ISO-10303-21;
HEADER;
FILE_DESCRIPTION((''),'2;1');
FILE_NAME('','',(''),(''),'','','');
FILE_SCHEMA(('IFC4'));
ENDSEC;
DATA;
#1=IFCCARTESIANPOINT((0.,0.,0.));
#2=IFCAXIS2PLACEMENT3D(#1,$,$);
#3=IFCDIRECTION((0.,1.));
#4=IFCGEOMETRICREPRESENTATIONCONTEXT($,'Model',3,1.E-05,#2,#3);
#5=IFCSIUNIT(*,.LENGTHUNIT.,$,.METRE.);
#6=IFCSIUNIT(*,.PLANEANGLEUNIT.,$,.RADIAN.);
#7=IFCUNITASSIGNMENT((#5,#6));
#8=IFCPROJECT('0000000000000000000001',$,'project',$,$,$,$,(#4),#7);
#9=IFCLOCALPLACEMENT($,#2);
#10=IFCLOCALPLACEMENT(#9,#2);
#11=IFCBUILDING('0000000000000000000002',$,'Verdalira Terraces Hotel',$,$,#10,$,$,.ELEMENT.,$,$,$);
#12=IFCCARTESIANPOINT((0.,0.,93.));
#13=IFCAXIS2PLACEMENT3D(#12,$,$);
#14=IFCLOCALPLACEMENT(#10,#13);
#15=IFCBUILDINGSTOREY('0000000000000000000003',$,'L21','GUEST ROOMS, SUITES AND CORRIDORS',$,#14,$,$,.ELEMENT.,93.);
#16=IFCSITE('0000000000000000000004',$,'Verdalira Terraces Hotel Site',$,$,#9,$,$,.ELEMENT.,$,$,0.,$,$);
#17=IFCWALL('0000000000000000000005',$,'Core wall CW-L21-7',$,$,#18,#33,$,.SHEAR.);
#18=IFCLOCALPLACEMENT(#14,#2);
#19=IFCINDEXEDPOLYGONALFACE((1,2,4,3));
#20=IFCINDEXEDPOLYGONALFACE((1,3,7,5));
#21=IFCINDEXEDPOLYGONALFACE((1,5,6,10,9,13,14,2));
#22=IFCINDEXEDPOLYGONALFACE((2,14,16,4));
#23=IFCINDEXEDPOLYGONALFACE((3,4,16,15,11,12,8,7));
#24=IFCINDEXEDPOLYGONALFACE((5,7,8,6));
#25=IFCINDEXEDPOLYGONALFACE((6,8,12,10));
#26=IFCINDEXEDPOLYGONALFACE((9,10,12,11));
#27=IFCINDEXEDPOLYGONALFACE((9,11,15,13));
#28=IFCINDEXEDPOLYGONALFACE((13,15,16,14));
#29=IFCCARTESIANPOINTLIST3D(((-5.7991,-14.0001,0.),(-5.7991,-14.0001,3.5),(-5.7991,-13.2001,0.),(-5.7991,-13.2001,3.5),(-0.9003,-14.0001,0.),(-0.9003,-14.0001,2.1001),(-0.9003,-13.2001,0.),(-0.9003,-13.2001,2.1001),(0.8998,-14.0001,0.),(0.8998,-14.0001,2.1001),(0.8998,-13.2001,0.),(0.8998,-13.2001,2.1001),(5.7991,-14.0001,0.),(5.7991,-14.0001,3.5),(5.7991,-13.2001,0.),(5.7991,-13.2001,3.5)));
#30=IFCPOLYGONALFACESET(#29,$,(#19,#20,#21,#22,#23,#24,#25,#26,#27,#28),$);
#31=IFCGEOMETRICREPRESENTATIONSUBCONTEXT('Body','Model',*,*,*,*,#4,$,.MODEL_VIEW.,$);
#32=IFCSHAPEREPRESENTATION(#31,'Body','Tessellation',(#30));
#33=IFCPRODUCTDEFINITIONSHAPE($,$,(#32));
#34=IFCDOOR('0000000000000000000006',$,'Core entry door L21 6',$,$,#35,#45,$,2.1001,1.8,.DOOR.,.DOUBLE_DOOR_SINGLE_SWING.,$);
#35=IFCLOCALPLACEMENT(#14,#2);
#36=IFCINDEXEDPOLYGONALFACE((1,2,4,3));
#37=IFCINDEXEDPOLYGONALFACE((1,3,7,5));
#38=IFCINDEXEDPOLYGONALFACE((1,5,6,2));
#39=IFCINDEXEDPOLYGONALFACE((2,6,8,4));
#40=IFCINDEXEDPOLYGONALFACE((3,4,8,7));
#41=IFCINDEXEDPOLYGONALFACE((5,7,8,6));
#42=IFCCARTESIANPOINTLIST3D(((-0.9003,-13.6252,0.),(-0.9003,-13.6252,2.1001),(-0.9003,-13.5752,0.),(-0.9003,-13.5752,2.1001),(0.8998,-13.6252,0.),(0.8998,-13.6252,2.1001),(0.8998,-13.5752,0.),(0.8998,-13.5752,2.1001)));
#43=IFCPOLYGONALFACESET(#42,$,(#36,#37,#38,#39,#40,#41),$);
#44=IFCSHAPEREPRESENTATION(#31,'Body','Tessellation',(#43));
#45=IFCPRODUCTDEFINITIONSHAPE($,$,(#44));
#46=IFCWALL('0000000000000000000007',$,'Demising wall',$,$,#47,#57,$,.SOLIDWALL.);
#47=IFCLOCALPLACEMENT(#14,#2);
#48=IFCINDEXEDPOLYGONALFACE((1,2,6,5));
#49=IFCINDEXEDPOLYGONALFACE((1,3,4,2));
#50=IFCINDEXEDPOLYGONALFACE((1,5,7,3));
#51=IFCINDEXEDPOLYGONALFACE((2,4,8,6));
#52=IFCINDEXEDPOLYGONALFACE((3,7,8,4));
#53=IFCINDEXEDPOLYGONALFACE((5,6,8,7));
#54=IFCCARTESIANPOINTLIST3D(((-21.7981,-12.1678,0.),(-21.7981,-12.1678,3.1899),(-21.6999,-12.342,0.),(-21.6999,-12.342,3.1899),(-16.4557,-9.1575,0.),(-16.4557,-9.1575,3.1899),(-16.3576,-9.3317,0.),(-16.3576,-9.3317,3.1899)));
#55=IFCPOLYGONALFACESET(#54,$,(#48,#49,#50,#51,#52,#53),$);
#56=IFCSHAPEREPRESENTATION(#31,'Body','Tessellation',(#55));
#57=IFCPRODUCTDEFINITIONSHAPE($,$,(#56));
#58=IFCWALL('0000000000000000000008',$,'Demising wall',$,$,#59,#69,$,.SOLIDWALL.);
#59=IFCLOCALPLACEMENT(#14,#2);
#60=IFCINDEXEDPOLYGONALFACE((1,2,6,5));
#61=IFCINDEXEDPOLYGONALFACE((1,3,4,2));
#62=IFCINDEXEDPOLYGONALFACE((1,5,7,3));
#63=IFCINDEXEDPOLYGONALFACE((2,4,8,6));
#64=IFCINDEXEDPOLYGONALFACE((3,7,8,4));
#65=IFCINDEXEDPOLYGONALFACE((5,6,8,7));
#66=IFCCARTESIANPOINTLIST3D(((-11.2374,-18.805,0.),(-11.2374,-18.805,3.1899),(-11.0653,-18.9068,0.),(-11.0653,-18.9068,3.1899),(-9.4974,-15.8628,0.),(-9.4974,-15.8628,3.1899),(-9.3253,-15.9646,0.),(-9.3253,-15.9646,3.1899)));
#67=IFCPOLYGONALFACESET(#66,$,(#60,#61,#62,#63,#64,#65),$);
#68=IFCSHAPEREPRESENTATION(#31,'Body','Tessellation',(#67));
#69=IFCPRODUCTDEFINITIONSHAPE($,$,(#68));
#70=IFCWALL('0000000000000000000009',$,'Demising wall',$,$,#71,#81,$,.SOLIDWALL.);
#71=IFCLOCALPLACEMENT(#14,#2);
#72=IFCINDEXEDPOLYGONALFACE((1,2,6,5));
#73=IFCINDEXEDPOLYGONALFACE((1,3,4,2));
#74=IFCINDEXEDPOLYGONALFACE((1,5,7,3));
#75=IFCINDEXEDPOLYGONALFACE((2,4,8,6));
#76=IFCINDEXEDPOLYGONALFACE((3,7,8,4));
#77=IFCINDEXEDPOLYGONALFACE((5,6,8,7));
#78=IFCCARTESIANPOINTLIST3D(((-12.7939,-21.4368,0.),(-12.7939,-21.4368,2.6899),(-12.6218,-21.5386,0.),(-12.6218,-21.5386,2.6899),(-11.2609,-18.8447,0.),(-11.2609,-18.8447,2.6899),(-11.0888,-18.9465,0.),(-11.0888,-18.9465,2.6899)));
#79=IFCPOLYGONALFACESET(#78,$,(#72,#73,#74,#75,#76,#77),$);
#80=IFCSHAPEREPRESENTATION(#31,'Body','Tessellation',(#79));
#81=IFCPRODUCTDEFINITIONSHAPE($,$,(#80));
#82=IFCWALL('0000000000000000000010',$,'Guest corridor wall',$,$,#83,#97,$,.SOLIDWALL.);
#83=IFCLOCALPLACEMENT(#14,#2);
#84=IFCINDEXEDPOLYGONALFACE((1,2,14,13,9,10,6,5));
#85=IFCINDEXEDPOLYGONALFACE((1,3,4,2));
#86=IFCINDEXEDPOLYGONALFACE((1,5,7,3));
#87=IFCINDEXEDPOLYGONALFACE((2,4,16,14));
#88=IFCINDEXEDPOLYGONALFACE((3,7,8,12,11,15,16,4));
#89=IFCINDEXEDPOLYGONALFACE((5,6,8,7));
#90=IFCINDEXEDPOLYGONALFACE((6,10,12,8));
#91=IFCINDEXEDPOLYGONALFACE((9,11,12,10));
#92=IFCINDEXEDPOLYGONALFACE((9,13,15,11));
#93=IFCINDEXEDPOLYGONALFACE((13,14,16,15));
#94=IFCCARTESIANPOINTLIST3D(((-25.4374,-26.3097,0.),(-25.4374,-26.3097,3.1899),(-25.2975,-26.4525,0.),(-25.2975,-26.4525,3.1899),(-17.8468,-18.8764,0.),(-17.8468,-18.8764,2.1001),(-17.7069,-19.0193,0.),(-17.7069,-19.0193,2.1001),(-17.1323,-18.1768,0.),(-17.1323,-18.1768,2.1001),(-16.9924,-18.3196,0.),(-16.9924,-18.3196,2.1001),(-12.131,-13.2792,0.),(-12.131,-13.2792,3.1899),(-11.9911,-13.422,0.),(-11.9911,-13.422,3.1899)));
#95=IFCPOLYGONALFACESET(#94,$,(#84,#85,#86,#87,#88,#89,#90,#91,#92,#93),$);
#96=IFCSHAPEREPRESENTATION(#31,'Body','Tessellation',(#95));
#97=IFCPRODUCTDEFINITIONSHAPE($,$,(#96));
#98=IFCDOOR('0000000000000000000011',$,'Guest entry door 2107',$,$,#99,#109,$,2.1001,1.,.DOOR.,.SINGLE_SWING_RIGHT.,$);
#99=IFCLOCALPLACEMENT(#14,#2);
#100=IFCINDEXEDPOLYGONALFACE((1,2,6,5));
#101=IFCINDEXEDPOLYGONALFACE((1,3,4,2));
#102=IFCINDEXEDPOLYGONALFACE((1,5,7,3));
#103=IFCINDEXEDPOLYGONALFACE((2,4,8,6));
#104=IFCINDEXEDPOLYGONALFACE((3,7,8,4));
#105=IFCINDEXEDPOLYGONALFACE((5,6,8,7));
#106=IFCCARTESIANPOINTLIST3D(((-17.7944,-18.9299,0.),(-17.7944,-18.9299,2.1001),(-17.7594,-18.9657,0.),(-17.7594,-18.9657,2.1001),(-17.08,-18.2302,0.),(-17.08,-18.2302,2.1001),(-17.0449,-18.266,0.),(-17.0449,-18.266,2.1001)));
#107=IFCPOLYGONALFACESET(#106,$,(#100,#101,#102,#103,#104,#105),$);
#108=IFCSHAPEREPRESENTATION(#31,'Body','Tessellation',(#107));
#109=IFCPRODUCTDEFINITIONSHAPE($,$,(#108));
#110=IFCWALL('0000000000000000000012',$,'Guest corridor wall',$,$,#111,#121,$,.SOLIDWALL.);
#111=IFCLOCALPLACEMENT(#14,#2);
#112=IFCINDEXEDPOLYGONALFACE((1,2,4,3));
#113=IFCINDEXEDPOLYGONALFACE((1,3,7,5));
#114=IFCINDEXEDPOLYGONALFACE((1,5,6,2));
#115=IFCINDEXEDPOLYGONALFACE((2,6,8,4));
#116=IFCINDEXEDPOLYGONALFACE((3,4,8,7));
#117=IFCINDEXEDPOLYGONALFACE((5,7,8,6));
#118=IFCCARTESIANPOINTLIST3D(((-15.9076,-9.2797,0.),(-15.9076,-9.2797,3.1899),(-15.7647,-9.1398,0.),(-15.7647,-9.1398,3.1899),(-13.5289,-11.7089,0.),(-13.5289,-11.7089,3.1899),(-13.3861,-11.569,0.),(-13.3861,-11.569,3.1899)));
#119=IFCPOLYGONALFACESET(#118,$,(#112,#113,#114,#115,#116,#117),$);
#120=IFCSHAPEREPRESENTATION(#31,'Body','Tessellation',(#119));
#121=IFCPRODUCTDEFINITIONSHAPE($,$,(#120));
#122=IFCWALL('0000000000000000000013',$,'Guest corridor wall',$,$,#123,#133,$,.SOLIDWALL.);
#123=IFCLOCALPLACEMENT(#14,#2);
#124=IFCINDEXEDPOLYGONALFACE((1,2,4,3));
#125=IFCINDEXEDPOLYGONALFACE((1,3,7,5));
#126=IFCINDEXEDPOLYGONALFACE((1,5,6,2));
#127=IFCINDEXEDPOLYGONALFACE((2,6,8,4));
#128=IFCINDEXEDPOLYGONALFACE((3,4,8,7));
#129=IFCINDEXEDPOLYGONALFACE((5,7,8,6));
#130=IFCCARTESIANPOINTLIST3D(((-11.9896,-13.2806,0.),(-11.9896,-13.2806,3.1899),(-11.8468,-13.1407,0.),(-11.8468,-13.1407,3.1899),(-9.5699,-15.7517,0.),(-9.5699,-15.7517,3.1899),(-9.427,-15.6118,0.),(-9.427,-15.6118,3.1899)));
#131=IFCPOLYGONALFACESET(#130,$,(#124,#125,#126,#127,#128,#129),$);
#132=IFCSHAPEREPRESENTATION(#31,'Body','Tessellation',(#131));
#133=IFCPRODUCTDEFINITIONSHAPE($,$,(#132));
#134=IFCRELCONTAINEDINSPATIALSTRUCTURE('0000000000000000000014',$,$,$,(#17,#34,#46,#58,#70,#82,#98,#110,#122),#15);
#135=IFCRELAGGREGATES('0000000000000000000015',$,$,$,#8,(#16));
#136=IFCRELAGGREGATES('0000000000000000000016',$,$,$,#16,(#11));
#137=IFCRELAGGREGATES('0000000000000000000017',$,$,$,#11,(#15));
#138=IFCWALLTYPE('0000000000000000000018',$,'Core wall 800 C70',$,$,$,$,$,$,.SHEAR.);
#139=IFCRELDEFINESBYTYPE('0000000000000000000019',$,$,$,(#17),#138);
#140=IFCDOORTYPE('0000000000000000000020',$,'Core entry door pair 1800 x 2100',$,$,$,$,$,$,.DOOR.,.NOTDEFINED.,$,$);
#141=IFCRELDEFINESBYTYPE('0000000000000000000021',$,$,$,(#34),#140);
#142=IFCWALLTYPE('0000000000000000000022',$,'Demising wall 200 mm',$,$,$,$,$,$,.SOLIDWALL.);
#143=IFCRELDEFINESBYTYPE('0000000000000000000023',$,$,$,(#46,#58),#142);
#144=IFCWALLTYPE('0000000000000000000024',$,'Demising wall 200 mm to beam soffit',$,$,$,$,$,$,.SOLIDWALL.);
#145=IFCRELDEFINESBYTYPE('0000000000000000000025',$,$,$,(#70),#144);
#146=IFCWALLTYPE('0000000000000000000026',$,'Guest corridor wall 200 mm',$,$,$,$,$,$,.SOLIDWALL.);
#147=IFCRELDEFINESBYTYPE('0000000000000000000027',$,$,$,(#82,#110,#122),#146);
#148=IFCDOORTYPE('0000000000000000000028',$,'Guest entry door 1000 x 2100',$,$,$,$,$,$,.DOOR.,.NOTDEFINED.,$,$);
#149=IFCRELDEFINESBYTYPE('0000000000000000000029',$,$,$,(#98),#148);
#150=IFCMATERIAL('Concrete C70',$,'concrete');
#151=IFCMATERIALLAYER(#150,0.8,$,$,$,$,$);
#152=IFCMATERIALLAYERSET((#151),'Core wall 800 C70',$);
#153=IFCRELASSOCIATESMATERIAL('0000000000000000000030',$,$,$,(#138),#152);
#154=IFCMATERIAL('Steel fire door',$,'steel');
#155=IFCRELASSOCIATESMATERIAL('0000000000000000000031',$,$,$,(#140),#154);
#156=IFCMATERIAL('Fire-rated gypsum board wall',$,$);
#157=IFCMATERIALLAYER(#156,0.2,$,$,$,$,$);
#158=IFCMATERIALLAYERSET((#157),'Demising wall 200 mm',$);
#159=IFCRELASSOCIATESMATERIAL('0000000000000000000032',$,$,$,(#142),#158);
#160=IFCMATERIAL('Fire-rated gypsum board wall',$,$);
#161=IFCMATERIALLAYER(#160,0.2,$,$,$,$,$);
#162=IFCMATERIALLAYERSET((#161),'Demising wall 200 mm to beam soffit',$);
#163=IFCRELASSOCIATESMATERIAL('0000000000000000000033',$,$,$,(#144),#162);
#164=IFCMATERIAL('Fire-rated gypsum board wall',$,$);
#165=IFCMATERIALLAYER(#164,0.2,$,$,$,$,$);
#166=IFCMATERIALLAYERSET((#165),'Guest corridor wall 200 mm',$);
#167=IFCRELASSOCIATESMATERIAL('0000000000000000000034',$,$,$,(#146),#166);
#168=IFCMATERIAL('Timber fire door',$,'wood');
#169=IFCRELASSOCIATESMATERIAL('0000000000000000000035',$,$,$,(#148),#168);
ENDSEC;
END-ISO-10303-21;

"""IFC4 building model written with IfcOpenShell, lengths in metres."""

from ifc_helpers import new_model, si_unit, direction, frame, frame_2d, origin, place, context, subcontext, project, spatial, rectangle, extrude, material, layer, layer_set, type_object, element, fill, save


model = new_model("IFC4")

# Units and contexts
model_context = context("Model", 3, precision=1e-05, world=origin(), true_north=direction((0.0, 1.0)))
body_context = subcontext(model_context, "Body", "Model", "MODEL_VIEW")
ifc_project = project(units=[si_unit("LENGTHUNIT", "METRE"), si_unit("PLANEANGLEUNIT", "RADIAN")], contexts=[model_context])

# Site, building, storey
site_placement = place(None, origin())
site = spatial("IfcSite", under=ifc_project, at=site_placement, Name="Verdalira Terraces Hotel Site", CompositionType="ELEMENT", RefElevation=0.0)
building_placement = place(site_placement, origin())
building = spatial("IfcBuilding", under=site, at=building_placement, Name="Verdalira Terraces Hotel", CompositionType="ELEMENT")
storey_placement = place(building_placement, frame((0.0, 0.0, 93.0)))
storey = spatial("IfcBuildingStorey", under=building, at=storey_placement, Name="L21", Description="GUEST ROOMS, SUITES AND CORRIDORS", CompositionType="ELEMENT", Elevation=93.0)

# Wall, opening, door
ifc_material_1 = material(Name="Concrete C70", Category="concrete")
ifc_layer_1 = layer(ifc_material_1, 0.8)
ifc_layer_set_1 = layer_set([ifc_layer_1], Name="Core wall 800 C70")
wall_type_1 = type_object("IfcWallType", Name="Core wall 800 C70", PredefinedType="SHEAR", material=ifc_layer_set_1)
wall_1_placement = place(storey_placement, frame((-5.7991, -13.6001, 0.0), z_axis=(0.0, 0.0, 1.0), x_axis=(1.0, 0.0, 0.0)))
wall_1 = element("IfcWall", 1, at=wall_1_placement, inside=storey, type_object=wall_type_1, Name="Core wall CW-L21-7", PredefinedType="SHEAR", context=body_context, shape_type="SweptSolid", body=[
    extrude(rectangle(XDim=11.5981, YDim=0.8, at=frame_2d((5.7991, 0.0))), origin(), (0.0, 0.0, 1.0), 3.5),
])
opening_1_placement = place(wall_1_placement, frame((4.8989, 0.0, 0.0)))
opening_1 = element("IfcOpeningElement", 2, at=opening_1_placement, cuts=wall_1, PredefinedType="OPENING", context=body_context, shape_type="SweptSolid", body=[
    extrude(rectangle(XDim=1.8, YDim=2.1001, at=frame_2d((0.8999, 1.05))), frame((0.0, 0.4099, 0.0), z_axis=(0.0, -1.0, 0.0), x_axis=(1.0, 0.0, 0.0)), (0.0, 0.0, 1.0), 0.8201),
])
ifc_material_2 = material(Name="Steel fire door", Category="steel")
door_type_1 = type_object("IfcDoorType", Name="Core entry door pair 1800 x 2100", OperationType="NOTDEFINED", PredefinedType="DOOR", material=ifc_material_2)
door_1_placement = place(opening_1_placement, origin())
door_1 = element("IfcDoor", 3, at=door_1_placement, inside=storey, type_object=door_type_1, Name="Core entry door L21 6", OperationType="DOUBLE_DOOR_SINGLE_SWING", OverallHeight=2.1001, OverallWidth=1.8, PredefinedType="DOOR", context=body_context, shape_type="SweptSolid", body=[
    extrude(rectangle(XDim=1.8, YDim=2.1001, at=frame_2d((0.8999, 1.05))), frame((0.0, 0.0249, 0.0), z_axis=(0.0, -1.0, 0.0), x_axis=(1.0, 0.0, 0.0)), (0.0, 0.0, 1.0), 0.05),
])
fill(opening_1, door_1)

# Walls
ifc_material_3 = material(Name="Fire-rated gypsum board wall")
ifc_layer_2 = layer(ifc_material_3, 0.2)
ifc_layer_set_2 = layer_set([ifc_layer_2], Name="Demising wall 200 mm")
wall_type_2 = type_object("IfcWallType", Name="Demising wall 200 mm", PredefinedType="SOLIDWALL", material=ifc_layer_set_2)
wall_2_placement = place(storey_placement, frame((-16.4067, -9.2446, 0.0), z_axis=(0.0, 0.0, 1.0), x_axis=(-0.871212, -0.490908, 0.0)))
element("IfcWall", 4, at=wall_2_placement, inside=storey, type_object=wall_type_2, Name="Demising wall", PredefinedType="SOLIDWALL", context=body_context, shape_type="SweptSolid", body=[
    extrude(rectangle(XDim=6.1321, YDim=0.2, at=frame_2d((3.0659, 0.0))), origin(), (0.0, 0.0, 1.0), 3.1899),
])
wall_3_placement = place(storey_placement, frame((-9.4114, -15.9138, 0.0), z_axis=(0.0, 0.0, 1.0), x_axis=(-0.509045, -0.86074, 0.0)))
element("IfcWall", 5, at=wall_3_placement, inside=storey, type_object=wall_type_2, Name="Demising wall", PredefinedType="SOLIDWALL", context=body_context, shape_type="SweptSolid", body=[
    extrude(rectangle(XDim=3.4182, YDim=0.2, at=frame_2d((1.709, 0.0))), origin(), (0.0, 0.0, 1.0), 3.1899),
])
ifc_material_4 = material(Name="Fire-rated gypsum board wall")
ifc_layer_3 = layer(ifc_material_4, 0.2)
ifc_layer_set_3 = layer_set([ifc_layer_3], Name="Demising wall 200 mm to beam soffit")
wall_type_3 = type_object("IfcWallType", Name="Demising wall 200 mm to beam soffit", PredefinedType="SOLIDWALL", material=ifc_layer_set_3)
wall_4_placement = place(storey_placement, frame((-11.1748, -18.8955, 0.0), z_axis=(0.0, 0.0, 1.0), x_axis=(-0.509049, -0.860738, 0.0)))
element("IfcWall", 6, at=wall_4_placement, inside=storey, type_object=wall_type_3, Name="Demising wall", PredefinedType="SOLIDWALL", context=body_context, shape_type="SweptSolid", body=[
    extrude(rectangle(XDim=3.0115, YDim=0.2, at=frame_2d((1.5059, 0.0))), origin(), (0.0, 0.0, 1.0), 2.6899),
])

# Wall, opening, door
ifc_material_5 = material(Name="Fire-rated gypsum board wall")
ifc_layer_4 = layer(ifc_material_5, 0.2)
ifc_layer_set_4 = layer_set([ifc_layer_4], Name="Guest corridor wall 200 mm")
wall_type_4 = type_object("IfcWallType", Name="Guest corridor wall 200 mm", PredefinedType="SOLIDWALL", material=ifc_layer_set_4)
wall_5_placement = place(storey_placement, frame((-12.061, -13.3506, 0.0), z_axis=(0.0, 0.0, 1.0), x_axis=(-0.714475, -0.699661, 0.0)))
wall_5 = element("IfcWall", 7, at=wall_5_placement, inside=storey, type_object=wall_type_4, Name="Guest corridor wall", PredefinedType="SOLIDWALL", context=body_context, shape_type="SweptSolid", body=[
    extrude(rectangle(XDim=18.624, YDim=0.2, at=frame_2d((9.312, 0.0))), origin(), (0.0, 0.0, 1.0), 3.1899),
])
opening_2_placement = place(wall_5_placement, frame((7.0, 0.0, 0.0)))
opening_2 = element("IfcOpeningElement", 8, at=opening_2_placement, cuts=wall_5, PredefinedType="OPENING", context=body_context, shape_type="SweptSolid", body=[
    extrude(rectangle(XDim=1.0, YDim=2.1001, at=frame_2d((0.5, 1.05))), frame((0.0, 0.1099, 0.0), z_axis=(0.0, -1.0, 0.0), x_axis=(1.0, 0.0, 0.0)), (0.0, 0.0, 1.0), 0.22),
])
ifc_material_6 = material(Name="Timber fire door", Category="wood")
door_type_2 = type_object("IfcDoorType", Name="Guest entry door 1000 x 2100", OperationType="NOTDEFINED", PredefinedType="DOOR", material=ifc_material_6)
door_2_placement = place(opening_2_placement, origin())
door_2 = element("IfcDoor", 9, at=door_2_placement, inside=storey, type_object=door_type_2, Name="Guest entry door 2107", OperationType="SINGLE_SWING_RIGHT", OverallHeight=2.1001, OverallWidth=1.0, PredefinedType="DOOR", context=body_context, shape_type="SweptSolid", body=[
    extrude(rectangle(XDim=1.0, YDim=2.1001, at=frame_2d((0.5, 1.05))), frame((0.0, 0.0249, 0.0), z_axis=(0.0, -1.0, 0.0), x_axis=(1.0, 0.0, 0.0)), (0.0, 0.0, 1.0), 0.05),
])
fill(opening_2, door_2)

# Walls
wall_6_placement = place(storey_placement, frame((-15.8362, -9.2097, 0.0), z_axis=(0.0, 0.0, 1.0), x_axis=(0.699635, -0.7145, 0.0)))
element("IfcWall", 10, at=wall_6_placement, inside=storey, type_object=wall_type_4, Name="Guest corridor wall", PredefinedType="SOLIDWALL", context=body_context, shape_type="SweptSolid", body=[
    extrude(rectangle(XDim=3.3999, YDim=0.2, at=frame_2d((1.7, 0.0))), origin(), (0.0, 0.0, 1.0), 3.1899),
])
wall_7_placement = place(storey_placement, frame((-11.9182, -13.2107, 0.0), z_axis=(0.0, 0.0, 1.0), x_axis=(0.699656, -0.71448, 0.0)))
element("IfcWall", 11, at=wall_7_placement, inside=storey, type_object=wall_type_4, Name="Guest corridor wall", PredefinedType="SOLIDWALL", context=body_context, shape_type="SweptSolid", body=[
    extrude(rectangle(XDim=3.4585, YDim=0.2, at=frame_2d((1.7292, 0.0))), origin(), (0.0, 0.0, 1.0), 3.1899),
])

save(model, "model.ifc")
